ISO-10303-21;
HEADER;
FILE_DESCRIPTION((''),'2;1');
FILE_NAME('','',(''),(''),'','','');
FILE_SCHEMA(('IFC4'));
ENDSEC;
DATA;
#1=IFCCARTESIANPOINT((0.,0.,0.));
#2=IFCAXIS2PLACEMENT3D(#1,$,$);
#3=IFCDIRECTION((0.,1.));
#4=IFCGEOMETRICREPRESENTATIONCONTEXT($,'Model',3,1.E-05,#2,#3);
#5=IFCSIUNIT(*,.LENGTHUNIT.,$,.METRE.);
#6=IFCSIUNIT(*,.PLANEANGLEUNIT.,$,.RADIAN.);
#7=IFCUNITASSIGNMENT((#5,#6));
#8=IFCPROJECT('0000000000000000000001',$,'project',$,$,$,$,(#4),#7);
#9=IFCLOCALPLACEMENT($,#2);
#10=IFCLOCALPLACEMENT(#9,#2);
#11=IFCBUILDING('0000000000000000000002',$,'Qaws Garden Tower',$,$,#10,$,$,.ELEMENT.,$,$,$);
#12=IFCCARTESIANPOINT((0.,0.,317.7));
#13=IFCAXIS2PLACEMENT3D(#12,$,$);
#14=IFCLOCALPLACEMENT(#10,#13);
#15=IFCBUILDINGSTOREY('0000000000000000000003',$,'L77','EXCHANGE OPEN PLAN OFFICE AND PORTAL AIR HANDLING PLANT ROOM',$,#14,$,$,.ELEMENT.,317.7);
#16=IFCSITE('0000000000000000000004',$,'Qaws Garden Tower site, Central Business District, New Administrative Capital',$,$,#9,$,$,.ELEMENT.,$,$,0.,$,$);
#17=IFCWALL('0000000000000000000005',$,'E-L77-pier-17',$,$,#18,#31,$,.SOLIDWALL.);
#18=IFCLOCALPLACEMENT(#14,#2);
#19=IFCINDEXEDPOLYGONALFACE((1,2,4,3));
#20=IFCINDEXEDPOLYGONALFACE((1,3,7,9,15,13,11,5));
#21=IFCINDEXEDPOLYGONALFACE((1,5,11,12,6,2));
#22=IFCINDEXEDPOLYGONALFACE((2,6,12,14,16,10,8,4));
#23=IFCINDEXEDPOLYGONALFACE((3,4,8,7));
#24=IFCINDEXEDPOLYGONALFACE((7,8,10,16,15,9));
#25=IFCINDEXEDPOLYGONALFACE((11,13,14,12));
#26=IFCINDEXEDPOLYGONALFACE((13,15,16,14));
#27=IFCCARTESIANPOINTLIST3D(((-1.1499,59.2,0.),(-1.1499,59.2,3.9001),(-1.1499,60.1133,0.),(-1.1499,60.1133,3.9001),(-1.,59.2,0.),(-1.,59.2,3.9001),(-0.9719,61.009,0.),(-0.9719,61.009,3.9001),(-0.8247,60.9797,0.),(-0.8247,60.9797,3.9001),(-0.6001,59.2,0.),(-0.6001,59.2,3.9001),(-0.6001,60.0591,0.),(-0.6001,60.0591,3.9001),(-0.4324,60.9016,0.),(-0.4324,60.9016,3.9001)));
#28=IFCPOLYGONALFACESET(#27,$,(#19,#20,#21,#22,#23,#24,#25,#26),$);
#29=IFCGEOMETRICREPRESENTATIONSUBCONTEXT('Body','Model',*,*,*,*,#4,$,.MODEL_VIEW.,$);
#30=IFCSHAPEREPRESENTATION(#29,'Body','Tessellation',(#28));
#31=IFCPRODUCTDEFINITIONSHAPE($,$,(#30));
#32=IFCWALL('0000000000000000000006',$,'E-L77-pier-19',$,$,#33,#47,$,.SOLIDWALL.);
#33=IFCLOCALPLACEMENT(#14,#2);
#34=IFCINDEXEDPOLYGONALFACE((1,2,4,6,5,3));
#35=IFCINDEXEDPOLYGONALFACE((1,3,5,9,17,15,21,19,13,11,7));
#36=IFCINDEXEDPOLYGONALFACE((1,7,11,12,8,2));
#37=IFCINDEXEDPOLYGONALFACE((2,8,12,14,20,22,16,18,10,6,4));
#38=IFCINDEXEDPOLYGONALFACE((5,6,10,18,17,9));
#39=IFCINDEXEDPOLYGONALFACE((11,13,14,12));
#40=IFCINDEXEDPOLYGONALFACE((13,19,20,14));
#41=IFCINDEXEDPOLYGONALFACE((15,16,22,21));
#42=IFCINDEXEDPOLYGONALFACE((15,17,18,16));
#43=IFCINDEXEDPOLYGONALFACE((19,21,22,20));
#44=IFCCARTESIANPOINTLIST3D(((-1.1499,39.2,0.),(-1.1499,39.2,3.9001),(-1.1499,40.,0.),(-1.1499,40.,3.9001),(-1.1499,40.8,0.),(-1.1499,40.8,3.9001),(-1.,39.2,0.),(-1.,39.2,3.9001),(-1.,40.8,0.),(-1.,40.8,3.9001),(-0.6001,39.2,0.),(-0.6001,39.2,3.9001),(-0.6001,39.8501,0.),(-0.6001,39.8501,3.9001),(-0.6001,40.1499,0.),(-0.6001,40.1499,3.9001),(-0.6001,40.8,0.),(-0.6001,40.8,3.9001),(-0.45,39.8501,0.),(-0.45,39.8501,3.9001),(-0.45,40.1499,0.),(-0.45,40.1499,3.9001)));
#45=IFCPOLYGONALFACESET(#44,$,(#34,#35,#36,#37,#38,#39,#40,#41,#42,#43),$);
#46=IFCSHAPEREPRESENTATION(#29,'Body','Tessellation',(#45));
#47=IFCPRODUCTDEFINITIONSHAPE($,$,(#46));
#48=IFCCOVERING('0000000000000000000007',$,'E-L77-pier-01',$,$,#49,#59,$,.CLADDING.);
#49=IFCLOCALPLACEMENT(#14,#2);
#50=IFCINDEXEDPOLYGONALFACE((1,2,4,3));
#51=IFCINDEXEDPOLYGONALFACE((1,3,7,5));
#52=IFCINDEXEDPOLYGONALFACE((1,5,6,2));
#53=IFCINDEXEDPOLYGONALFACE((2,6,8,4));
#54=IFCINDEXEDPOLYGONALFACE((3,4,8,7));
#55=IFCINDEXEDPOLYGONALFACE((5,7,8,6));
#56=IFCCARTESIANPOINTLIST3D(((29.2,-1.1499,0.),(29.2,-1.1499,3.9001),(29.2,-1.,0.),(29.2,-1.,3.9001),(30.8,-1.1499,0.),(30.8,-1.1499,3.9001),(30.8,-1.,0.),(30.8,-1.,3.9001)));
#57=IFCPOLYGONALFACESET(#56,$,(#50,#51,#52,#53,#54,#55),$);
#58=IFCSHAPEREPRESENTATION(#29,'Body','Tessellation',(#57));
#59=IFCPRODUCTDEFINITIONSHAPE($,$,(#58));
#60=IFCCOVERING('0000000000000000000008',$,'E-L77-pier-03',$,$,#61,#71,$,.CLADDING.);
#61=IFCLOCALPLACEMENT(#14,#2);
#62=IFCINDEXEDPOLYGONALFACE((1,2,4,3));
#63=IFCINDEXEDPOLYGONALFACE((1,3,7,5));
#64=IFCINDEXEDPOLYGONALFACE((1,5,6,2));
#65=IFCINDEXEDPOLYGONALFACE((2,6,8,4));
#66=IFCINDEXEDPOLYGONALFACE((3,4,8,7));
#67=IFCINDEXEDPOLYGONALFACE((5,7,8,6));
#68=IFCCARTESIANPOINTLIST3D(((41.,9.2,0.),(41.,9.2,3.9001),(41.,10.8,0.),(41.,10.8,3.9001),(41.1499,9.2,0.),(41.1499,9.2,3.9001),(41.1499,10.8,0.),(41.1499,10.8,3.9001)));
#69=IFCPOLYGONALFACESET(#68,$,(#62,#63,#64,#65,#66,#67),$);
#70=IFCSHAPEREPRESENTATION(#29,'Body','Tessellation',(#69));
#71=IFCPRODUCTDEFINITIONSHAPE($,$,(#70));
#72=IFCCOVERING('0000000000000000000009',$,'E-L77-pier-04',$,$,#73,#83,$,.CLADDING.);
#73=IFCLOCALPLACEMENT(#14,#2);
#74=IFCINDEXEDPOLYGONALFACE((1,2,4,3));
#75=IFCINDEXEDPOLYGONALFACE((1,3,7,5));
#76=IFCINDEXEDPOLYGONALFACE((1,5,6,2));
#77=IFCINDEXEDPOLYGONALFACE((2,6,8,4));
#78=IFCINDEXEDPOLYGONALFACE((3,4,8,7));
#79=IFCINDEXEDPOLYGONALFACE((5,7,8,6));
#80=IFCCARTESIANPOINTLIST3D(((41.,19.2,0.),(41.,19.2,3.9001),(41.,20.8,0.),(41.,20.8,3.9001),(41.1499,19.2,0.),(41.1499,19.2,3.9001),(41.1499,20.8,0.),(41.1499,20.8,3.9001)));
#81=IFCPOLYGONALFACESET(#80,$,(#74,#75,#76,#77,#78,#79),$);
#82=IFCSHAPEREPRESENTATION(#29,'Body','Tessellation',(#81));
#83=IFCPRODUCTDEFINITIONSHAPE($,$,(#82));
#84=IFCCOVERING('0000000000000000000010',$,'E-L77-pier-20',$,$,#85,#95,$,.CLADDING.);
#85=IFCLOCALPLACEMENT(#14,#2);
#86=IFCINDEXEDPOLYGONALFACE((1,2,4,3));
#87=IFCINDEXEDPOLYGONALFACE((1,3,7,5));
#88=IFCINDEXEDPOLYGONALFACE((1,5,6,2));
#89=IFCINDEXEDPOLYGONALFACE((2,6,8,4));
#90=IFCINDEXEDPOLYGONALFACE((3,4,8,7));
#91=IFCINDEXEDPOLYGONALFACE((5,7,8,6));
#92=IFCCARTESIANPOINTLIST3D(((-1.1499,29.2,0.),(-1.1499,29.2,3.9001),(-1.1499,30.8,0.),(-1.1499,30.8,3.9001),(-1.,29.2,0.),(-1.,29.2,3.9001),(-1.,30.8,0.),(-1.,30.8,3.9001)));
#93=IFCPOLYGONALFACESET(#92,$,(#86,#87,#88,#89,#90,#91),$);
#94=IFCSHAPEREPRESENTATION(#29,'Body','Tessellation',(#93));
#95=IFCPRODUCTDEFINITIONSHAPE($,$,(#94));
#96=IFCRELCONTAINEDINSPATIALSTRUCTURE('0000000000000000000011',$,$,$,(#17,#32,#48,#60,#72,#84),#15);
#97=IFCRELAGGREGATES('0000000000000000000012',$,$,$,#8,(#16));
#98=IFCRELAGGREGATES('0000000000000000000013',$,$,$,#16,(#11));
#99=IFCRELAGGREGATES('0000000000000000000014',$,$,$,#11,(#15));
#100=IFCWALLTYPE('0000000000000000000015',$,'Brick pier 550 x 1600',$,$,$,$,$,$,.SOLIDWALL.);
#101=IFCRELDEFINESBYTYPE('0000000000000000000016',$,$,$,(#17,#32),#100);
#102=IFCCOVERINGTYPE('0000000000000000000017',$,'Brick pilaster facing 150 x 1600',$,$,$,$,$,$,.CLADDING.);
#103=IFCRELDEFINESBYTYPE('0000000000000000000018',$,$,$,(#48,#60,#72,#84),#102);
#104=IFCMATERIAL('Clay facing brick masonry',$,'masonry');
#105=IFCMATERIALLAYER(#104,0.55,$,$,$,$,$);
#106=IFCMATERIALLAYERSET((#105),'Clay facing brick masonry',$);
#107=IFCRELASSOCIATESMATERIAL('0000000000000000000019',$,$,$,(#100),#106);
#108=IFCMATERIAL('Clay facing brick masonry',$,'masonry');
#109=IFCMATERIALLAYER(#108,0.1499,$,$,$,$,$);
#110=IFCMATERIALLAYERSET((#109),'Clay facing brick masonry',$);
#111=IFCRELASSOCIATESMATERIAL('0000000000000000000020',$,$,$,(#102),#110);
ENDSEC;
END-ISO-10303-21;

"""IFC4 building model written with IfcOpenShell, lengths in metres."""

from ifc_helpers import new_model, si_unit, direction, frame, origin, place, context, subcontext, project, spatial, polyline, outline, extrude, material, layer, layer_set, type_object, element, save


model = new_model("IFC4")

# Units and contexts
model_context = context("Model", 3, precision=1e-05, world=origin(), true_north=direction((0.0, 1.0)))
body_context = subcontext(model_context, "Body", "Model", "MODEL_VIEW")
ifc_project = project(units=[si_unit("LENGTHUNIT", "METRE"), si_unit("PLANEANGLEUNIT", "RADIAN")], contexts=[model_context])

# Site, building, storey
site_placement = place(None, origin())
site = spatial("IfcSite", under=ifc_project, at=site_placement, Name="Qaws Garden Tower site, Central Business District, New Administrative Capital", CompositionType="ELEMENT", RefElevation=0.0)
building_placement = place(site_placement, origin())
building = spatial("IfcBuilding", under=site, at=building_placement, Name="Qaws Garden Tower", CompositionType="ELEMENT")
storey_placement = place(building_placement, frame((0.0, 0.0, 317.7)))
storey = spatial("IfcBuildingStorey", under=building, at=storey_placement, Name="L77", Description="EXCHANGE OPEN PLAN OFFICE AND PORTAL AIR HANDLING PLANT ROOM", CompositionType="ELEMENT", Elevation=317.7)

# Walls
placement_1 = place(storey_placement, origin())
ifc_material_1 = material(Name="Clay facing brick masonry", Category="masonry")
ifc_layer_1 = layer(ifc_material_1, 0.55)
ifc_layer_set_1 = layer_set([ifc_layer_1], Name="Clay facing brick masonry")
wall_type_1 = type_object("IfcWallType", Name="Brick pier 550 x 1600", PredefinedType="SOLIDWALL", material=ifc_layer_set_1)
element("IfcWall", 1, at=placement_1, inside=storey, type_object=wall_type_1, Name="E-L77-pier-17", PredefinedType="SOLIDWALL", context=body_context, shape_type="SweptSolid", body=[
    extrude(outline(polyline([(-0.8247, 60.9797), (-0.9719, 61.009), (-1.1499, 60.1133), (-1.1499, 59.2), (-1.0, 59.2), (-0.6001, 59.2), (-0.6001, 60.0591), (-0.4324, 60.9016), (-0.8247, 60.9797)])), origin(), (0.0, 0.0, 1.0), 3.9001),
])
element("IfcWall", 2, at=placement_1, inside=storey, type_object=wall_type_1, Name="E-L77-pier-19", PredefinedType="SOLIDWALL", context=body_context, shape_type="SweptSolid", body=[
    extrude(outline(polyline([(-0.6001, 39.2), (-0.6001, 39.8501), (-0.45, 39.8501), (-0.45, 40.1499), (-0.6001, 40.1499), (-0.6001, 40.8), (-1.0, 40.8), (-1.1499, 40.8), (-1.1499, 40.0), (-1.1499, 39.2), (-1.0, 39.2), (-0.6001, 39.2)])), origin(), (0.0, 0.0, 1.0), 3.9001),
])

# Coverings
ifc_material_2 = material(Name="Clay facing brick masonry", Category="masonry")
ifc_layer_2 = layer(ifc_material_2, 0.1499)
ifc_layer_set_2 = layer_set([ifc_layer_2], Name="Clay facing brick masonry")
covering_type = type_object("IfcCoveringType", Name="Brick pilaster facing 150 x 1600", PredefinedType="CLADDING", material=ifc_layer_set_2)
element("IfcCovering", 3, at=placement_1, inside=storey, type_object=covering_type, Name="E-L77-pier-01", PredefinedType="CLADDING", context=body_context, shape_type="SweptSolid", body=[
    extrude(outline(polyline([(29.2, -1.0), (30.8, -1.0), (30.8, -1.1499), (29.2, -1.1499), (29.2, -1.0)])), origin(), (0.0, 0.0, 1.0), 3.9001),
])
element("IfcCovering", 4, at=placement_1, inside=storey, type_object=covering_type, Name="E-L77-pier-03", PredefinedType="CLADDING", context=body_context, shape_type="SweptSolid", body=[
    extrude(outline(polyline([(41.0, 9.2), (41.0, 10.8), (41.1499, 10.8), (41.1499, 9.2), (41.0, 9.2)])), origin(), (0.0, 0.0, 1.0), 3.9001),
])
element("IfcCovering", 5, at=placement_1, inside=storey, type_object=covering_type, Name="E-L77-pier-04", PredefinedType="CLADDING", context=body_context, shape_type="SweptSolid", body=[
    extrude(outline(polyline([(41.0, 19.2), (41.0, 20.8), (41.1499, 20.8), (41.1499, 19.2), (41.0, 19.2)])), origin(), (0.0, 0.0, 1.0), 3.9001),
])
element("IfcCovering", 6, at=placement_1, inside=storey, type_object=covering_type, Name="E-L77-pier-20", PredefinedType="CLADDING", context=body_context, shape_type="SweptSolid", body=[
    extrude(outline(polyline([(-1.0, 30.8), (-1.0, 29.2), (-1.1499, 29.2), (-1.1499, 30.8), (-1.0, 30.8)])), origin(), (0.0, 0.0, 1.0), 3.9001),
])

save(model, "model.ifc")
